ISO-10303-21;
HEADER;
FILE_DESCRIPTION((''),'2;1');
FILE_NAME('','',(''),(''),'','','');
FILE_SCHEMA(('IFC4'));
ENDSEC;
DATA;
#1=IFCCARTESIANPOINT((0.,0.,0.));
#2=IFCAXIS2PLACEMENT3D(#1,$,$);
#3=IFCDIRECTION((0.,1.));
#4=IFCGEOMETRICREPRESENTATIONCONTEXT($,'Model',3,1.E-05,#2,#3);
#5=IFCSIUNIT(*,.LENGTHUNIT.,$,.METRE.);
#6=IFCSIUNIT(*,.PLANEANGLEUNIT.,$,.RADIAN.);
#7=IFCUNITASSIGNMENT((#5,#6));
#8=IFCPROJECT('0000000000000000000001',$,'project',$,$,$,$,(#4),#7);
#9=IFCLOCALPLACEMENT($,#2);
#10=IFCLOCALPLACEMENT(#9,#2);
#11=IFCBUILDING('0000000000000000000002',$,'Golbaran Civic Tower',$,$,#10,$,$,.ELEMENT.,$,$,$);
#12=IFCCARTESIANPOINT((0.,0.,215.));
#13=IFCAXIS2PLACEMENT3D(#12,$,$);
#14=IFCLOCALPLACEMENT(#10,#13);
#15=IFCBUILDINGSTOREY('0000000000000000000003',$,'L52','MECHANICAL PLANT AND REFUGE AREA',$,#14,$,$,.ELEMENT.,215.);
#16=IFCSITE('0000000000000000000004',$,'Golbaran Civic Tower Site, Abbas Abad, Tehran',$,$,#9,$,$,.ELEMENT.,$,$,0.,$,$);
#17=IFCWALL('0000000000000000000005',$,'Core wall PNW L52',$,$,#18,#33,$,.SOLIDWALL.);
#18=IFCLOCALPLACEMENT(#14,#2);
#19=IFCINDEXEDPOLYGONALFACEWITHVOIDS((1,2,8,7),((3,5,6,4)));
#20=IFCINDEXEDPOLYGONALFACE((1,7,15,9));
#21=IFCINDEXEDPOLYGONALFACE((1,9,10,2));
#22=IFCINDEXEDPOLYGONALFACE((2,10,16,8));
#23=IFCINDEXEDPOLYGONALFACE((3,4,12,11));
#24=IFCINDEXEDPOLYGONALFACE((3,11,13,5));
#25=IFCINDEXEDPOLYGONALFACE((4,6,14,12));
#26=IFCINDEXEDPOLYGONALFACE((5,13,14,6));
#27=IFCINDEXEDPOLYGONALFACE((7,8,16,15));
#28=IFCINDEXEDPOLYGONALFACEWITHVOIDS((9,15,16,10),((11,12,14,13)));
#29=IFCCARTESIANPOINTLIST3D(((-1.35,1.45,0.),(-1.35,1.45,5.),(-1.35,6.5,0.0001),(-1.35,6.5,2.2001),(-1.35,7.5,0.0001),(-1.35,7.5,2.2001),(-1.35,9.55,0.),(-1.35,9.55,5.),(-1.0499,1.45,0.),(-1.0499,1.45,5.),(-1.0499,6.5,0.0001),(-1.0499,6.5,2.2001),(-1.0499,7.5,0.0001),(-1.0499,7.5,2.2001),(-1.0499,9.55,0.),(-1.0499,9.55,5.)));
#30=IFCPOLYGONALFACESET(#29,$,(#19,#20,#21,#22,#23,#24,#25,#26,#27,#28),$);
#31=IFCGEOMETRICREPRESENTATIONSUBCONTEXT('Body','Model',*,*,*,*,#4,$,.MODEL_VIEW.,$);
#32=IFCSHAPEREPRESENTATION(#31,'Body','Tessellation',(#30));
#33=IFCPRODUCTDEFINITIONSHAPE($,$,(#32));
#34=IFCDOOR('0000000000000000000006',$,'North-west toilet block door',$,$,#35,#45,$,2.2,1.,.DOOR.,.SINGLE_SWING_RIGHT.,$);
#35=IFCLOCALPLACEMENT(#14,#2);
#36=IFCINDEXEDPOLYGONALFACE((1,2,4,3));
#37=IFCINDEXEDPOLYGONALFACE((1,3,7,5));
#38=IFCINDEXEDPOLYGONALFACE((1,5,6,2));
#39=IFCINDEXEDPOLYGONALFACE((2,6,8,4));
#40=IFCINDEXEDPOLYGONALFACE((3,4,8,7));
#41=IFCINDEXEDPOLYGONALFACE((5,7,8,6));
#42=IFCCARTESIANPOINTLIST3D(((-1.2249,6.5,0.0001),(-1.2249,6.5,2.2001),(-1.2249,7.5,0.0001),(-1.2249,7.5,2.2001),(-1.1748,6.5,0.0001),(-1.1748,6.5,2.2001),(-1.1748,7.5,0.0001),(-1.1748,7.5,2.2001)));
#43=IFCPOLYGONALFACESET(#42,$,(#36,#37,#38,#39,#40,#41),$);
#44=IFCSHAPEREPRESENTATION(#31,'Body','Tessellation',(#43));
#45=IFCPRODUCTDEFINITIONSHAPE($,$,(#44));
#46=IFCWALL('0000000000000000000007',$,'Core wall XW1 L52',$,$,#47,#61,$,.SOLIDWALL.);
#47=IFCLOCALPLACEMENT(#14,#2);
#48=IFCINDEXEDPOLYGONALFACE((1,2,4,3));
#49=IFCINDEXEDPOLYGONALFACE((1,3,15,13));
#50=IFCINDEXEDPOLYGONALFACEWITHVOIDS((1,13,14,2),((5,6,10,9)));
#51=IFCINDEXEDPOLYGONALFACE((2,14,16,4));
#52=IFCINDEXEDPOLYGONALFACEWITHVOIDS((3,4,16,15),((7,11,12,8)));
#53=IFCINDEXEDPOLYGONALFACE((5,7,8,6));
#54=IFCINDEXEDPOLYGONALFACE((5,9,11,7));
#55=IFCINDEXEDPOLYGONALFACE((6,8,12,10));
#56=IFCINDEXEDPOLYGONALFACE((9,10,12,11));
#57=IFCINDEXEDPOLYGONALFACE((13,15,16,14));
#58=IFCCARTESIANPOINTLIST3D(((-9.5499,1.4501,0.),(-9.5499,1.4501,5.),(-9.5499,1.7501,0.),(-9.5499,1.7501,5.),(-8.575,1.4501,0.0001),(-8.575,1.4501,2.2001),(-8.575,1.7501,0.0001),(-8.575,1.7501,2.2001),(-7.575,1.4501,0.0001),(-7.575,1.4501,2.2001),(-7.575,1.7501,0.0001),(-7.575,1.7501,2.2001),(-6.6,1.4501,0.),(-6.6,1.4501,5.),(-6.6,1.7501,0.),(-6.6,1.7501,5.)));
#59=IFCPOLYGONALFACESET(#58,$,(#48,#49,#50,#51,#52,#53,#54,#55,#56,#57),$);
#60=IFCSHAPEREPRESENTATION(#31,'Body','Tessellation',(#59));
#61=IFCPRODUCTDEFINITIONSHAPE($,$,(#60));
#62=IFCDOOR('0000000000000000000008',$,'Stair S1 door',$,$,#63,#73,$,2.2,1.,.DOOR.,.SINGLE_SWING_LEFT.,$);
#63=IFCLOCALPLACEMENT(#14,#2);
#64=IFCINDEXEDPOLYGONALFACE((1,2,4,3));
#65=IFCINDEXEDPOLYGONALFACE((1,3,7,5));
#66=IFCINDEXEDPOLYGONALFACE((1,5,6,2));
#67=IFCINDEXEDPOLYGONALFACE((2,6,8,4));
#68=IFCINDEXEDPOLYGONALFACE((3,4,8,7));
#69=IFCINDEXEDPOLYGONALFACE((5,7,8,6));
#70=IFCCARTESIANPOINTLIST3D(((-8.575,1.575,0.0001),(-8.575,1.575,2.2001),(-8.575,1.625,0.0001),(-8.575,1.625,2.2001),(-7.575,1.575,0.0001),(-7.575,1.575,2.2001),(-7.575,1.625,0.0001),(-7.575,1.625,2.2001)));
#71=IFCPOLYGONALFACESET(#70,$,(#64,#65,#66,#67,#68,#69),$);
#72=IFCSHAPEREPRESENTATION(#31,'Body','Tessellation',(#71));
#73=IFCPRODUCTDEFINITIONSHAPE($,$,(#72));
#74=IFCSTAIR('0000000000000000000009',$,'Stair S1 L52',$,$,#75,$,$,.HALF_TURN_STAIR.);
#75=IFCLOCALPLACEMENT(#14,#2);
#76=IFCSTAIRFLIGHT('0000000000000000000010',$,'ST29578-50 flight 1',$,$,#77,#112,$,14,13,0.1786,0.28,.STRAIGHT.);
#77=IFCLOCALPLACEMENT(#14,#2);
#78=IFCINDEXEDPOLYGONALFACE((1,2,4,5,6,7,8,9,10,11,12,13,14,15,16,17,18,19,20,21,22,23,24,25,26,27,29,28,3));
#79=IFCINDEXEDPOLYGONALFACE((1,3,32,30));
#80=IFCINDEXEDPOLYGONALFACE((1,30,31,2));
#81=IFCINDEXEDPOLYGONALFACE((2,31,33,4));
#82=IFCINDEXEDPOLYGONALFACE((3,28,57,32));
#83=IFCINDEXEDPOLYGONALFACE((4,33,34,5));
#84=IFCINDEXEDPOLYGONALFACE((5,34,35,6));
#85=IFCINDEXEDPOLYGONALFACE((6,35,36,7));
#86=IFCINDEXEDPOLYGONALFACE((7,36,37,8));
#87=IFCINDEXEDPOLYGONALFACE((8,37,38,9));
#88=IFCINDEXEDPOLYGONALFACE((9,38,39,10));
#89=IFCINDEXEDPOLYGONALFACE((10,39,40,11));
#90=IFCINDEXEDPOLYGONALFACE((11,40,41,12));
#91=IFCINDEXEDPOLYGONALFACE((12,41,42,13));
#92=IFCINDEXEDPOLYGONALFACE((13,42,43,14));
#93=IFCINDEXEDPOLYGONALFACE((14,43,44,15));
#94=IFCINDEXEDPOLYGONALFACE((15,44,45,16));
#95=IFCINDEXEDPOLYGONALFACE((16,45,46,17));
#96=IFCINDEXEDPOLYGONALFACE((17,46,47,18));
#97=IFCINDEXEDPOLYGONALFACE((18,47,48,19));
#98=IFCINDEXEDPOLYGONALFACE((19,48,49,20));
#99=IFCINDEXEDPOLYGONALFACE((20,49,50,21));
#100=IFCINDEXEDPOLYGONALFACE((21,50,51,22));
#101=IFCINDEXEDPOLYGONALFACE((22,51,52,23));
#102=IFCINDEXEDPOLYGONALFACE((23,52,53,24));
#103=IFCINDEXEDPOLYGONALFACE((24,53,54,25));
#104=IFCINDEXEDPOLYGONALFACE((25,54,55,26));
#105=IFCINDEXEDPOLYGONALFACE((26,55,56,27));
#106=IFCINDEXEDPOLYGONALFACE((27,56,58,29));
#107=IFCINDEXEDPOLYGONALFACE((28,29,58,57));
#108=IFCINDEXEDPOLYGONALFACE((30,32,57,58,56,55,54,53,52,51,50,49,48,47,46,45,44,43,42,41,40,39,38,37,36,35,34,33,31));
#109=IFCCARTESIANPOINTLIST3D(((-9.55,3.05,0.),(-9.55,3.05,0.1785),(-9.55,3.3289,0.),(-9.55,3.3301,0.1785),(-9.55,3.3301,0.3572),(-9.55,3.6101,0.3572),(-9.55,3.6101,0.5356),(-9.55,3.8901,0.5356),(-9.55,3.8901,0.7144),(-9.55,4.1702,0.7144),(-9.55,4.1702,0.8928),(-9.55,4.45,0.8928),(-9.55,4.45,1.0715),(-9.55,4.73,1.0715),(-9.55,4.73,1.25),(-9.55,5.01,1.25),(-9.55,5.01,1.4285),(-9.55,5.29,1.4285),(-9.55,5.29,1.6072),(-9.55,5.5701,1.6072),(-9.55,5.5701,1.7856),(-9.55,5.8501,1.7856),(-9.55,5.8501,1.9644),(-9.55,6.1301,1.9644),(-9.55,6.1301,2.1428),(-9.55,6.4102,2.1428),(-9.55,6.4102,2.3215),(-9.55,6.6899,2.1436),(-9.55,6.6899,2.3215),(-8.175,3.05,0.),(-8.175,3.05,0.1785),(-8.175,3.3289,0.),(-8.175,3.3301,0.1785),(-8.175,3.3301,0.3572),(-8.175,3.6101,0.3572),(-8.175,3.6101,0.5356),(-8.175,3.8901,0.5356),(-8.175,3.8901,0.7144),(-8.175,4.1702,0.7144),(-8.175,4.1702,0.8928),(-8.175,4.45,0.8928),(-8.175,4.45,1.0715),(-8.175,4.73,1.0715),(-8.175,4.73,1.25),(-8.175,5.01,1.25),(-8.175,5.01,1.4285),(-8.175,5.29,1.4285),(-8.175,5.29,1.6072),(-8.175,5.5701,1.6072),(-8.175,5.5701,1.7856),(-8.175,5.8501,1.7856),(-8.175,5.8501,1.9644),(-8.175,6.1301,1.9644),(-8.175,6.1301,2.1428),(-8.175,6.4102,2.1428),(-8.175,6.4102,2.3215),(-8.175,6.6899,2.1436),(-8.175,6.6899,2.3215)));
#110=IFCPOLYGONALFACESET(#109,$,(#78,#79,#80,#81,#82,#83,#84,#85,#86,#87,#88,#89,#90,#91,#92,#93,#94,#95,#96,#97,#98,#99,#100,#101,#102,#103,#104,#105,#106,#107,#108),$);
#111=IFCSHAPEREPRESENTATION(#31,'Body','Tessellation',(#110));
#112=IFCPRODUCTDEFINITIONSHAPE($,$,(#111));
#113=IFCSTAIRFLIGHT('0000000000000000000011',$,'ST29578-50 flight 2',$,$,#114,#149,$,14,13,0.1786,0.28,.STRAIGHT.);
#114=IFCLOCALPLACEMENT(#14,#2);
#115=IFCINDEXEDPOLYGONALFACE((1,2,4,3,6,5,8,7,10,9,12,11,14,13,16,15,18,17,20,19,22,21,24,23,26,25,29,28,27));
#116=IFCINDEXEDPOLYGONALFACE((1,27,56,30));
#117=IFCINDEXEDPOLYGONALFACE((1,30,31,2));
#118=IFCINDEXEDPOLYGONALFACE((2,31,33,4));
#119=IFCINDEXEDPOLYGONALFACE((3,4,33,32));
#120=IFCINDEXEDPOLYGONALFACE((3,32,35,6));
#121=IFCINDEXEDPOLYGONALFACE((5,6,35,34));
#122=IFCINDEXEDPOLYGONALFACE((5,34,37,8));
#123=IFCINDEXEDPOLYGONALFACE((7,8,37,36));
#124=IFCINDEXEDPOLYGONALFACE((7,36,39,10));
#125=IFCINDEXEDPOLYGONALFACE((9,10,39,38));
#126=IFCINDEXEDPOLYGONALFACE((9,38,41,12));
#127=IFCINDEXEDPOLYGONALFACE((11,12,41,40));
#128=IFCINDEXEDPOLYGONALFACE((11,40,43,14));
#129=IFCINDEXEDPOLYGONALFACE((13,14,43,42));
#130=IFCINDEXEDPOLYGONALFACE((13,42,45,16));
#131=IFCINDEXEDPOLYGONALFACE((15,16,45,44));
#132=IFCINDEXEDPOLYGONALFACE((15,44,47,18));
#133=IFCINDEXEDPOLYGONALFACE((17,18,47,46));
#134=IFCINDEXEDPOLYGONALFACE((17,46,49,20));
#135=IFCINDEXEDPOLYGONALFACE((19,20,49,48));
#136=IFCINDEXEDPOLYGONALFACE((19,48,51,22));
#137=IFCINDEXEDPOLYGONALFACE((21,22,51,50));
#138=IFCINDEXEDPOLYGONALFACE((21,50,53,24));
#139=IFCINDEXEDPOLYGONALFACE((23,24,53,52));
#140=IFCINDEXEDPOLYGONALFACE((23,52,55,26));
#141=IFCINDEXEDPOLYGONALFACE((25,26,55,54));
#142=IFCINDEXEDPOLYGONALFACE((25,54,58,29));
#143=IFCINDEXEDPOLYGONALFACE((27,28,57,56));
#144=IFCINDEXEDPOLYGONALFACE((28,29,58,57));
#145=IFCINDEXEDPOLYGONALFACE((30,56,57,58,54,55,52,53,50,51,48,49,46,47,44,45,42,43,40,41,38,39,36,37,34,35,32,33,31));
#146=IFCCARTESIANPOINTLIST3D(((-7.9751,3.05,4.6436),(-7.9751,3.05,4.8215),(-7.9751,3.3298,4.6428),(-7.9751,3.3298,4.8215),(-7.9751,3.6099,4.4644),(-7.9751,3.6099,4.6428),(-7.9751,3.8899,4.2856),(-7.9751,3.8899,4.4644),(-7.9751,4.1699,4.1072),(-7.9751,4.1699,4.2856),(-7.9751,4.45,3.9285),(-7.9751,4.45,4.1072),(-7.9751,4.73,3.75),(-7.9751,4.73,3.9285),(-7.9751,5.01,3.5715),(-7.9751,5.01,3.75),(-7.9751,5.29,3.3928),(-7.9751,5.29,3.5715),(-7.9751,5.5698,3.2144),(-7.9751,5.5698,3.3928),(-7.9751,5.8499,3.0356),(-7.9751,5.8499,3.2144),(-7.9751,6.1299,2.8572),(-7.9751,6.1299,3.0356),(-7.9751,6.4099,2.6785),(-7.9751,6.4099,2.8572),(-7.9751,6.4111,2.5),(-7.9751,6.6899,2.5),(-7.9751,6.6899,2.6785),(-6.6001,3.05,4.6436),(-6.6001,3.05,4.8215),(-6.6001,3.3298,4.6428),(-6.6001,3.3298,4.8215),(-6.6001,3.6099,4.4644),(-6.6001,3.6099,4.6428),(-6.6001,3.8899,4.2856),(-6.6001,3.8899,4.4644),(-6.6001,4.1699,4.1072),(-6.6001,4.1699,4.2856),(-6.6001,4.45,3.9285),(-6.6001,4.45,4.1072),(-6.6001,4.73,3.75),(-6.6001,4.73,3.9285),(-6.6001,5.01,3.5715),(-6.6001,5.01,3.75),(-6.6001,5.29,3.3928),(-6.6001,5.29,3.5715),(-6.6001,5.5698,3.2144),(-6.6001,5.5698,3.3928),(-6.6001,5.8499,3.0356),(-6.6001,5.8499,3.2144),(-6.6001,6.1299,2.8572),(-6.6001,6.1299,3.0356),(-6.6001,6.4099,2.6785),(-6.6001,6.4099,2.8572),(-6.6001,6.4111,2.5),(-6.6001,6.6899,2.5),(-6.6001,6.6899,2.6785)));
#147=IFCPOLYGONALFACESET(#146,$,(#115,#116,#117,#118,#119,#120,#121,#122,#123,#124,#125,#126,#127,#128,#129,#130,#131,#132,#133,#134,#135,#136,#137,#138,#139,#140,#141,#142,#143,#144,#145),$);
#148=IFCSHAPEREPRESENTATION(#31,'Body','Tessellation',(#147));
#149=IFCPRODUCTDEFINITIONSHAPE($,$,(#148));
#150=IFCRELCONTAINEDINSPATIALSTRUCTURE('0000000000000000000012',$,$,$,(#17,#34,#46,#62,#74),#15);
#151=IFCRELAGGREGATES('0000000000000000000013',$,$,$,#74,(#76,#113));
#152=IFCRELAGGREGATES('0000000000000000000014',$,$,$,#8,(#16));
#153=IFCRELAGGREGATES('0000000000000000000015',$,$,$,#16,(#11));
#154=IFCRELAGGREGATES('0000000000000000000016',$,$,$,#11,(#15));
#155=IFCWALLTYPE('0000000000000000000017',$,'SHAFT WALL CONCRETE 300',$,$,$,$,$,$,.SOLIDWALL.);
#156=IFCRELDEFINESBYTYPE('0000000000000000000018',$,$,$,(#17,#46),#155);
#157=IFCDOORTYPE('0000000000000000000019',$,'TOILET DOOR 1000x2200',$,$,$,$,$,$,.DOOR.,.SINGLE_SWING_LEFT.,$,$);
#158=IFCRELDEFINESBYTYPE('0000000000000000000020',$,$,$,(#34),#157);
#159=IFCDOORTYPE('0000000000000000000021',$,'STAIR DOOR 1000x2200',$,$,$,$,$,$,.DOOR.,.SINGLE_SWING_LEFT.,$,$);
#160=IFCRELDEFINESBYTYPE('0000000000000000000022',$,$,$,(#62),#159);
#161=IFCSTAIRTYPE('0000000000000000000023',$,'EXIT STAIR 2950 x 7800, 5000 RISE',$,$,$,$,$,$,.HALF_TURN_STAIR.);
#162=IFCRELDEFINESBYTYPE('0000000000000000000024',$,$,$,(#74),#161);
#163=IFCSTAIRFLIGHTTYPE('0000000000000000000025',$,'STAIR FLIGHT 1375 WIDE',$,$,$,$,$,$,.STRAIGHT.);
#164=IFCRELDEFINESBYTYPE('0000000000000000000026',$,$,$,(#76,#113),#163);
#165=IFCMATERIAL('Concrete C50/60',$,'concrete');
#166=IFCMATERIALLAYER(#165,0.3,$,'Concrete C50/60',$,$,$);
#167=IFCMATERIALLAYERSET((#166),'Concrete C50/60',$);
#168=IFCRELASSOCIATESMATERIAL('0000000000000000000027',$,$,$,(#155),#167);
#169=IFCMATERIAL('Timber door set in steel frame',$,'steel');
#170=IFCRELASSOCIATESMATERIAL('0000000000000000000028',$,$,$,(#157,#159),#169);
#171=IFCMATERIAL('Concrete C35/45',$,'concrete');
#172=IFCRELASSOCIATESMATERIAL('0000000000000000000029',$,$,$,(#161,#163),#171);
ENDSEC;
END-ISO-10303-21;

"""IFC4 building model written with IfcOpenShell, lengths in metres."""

from ifc_helpers import new_model, si_unit, direction, frame, frame_2d, origin, place, context, subcontext, project, spatial, polyline, rectangle, outline, extrude, material, layer, layer_set, type_object, element, fill, aggregate, save


model = new_model("IFC4")

# Units and contexts
model_context = context("Model", 3, precision=1e-05, world=origin(), true_north=direction((0.0, 1.0)))
body_context = subcontext(model_context, "Body", "Model", "MODEL_VIEW")
ifc_project = project(units=[si_unit("LENGTHUNIT", "METRE"), si_unit("PLANEANGLEUNIT", "RADIAN")], contexts=[model_context])

# Site, building, storey
site_placement = place(None, origin())
site = spatial("IfcSite", under=ifc_project, at=site_placement, Name="Golbaran Civic Tower Site, Abbas Abad, Tehran", CompositionType="ELEMENT", RefElevation=0.0)
building_placement = place(site_placement, origin())
building = spatial("IfcBuilding", under=site, at=building_placement, Name="Golbaran Civic Tower", CompositionType="ELEMENT")
storey_placement = place(building_placement, frame((0.0, 0.0, 215.0)))
storey = spatial("IfcBuildingStorey", under=building, at=storey_placement, Name="L52", Description="MECHANICAL PLANT AND REFUGE AREA", CompositionType="ELEMENT", Elevation=215.0)

# Shared definitions
ifc_material_1 = material(Name="Concrete C50/60", Category="concrete")

# Shared definitions
ifc_material_2 = material(Name="Timber door set in steel frame", Category="steel")

# Shared definitions
ifc_layer_1 = layer(ifc_material_1, 0.3, Name="Concrete C50/60")
ifc_layer_set_1 = layer_set([ifc_layer_1], Name="Concrete C50/60")
wall_type_1 = type_object("IfcWallType", Name="SHAFT WALL CONCRETE 300", PredefinedType="SOLIDWALL", material=ifc_layer_set_1)

# Walls, openings, doors
wall_1_placement = place(storey_placement, frame((-1.2, 1.45, 0.0), z_axis=(0.0, 0.0, 1.0), x_axis=(0.0, 1.0, 0.0)))
wall_1 = element("IfcWall", 1, at=wall_1_placement, inside=storey, type_object=wall_type_1, Name="Core wall PNW L52", PredefinedType="SOLIDWALL", context=body_context, shape_type="SweptSolid", body=[
    extrude(rectangle(XDim=8.1001, YDim=0.3, at=frame_2d((4.05, 0.0))), origin(), (0.0, 0.0, 1.0), 5.0),
])
opening_1_placement = place(wall_1_placement, frame((5.05, 0.0, 0.0)))
opening_1 = element("IfcOpeningElement", 2, at=opening_1_placement, cuts=wall_1, PredefinedType="OPENING", context=body_context, shape_type="SweptSolid", body=[
    extrude(rectangle(XDim=1.0, YDim=2.2, at=frame_2d((0.5, 1.1001))), frame((0.0, 0.1599, 0.0), z_axis=(0.0, -1.0, 0.0), x_axis=(1.0, 0.0, 0.0)), (0.0, 0.0, 1.0), 0.3201),
])
door_type_1 = type_object("IfcDoorType", Name="TOILET DOOR 1000x2200", OperationType="SINGLE_SWING_LEFT", PredefinedType="DOOR", material=ifc_material_2)
door_1_placement = place(opening_1_placement, origin())
door_1 = element("IfcDoor", 3, at=door_1_placement, inside=storey, type_object=door_type_1, Name="North-west toilet block door", OperationType="SINGLE_SWING_RIGHT", OverallHeight=2.2, OverallWidth=1.0, PredefinedType="DOOR", context=body_context, shape_type="SweptSolid", body=[
    extrude(rectangle(XDim=1.0, YDim=2.2, at=frame_2d((0.5, 1.1001))), frame((0.0, 0.0249, 0.0), z_axis=(0.0, -1.0, 0.0), x_axis=(1.0, 0.0, 0.0)), (0.0, 0.0, 1.0), 0.05),
])
fill(opening_1, door_1)
wall_2_placement = place(storey_placement, frame((-9.55, 1.6001, 0.0), z_axis=(0.0, 0.0, 1.0), x_axis=(1.0, 0.0, 0.0)))
wall_2 = element("IfcWall", 4, at=wall_2_placement, inside=storey, type_object=wall_type_1, Name="Core wall XW1 L52", PredefinedType="SOLIDWALL", context=body_context, shape_type="SweptSolid", body=[
    extrude(rectangle(XDim=2.95, YDim=0.3, at=frame_2d((1.4751, 0.0))), origin(), (0.0, 0.0, 1.0), 5.0),
])
opening_2_placement = place(wall_2_placement, frame((0.9751, 0.0, 0.0)))
opening_2 = element("IfcOpeningElement", 5, at=opening_2_placement, cuts=wall_2, PredefinedType="OPENING", context=body_context, shape_type="SweptSolid", body=[
    extrude(rectangle(XDim=1.0, YDim=2.2, at=frame_2d((0.5, 1.1001))), frame((0.0, 0.1599, 0.0), z_axis=(0.0, -1.0, 0.0), x_axis=(1.0, 0.0, 0.0)), (0.0, 0.0, 1.0), 0.3201),
])
door_type_2 = type_object("IfcDoorType", Name="STAIR DOOR 1000x2200", OperationType="SINGLE_SWING_LEFT", PredefinedType="DOOR", material=ifc_material_2)
door_2_placement = place(opening_2_placement, origin())
door_2 = element("IfcDoor", 6, at=door_2_placement, inside=storey, type_object=door_type_2, Name="Stair S1 door", OperationType="SINGLE_SWING_LEFT", OverallHeight=2.2, OverallWidth=1.0, PredefinedType="DOOR", context=body_context, shape_type="SweptSolid", body=[
    extrude(rectangle(XDim=1.0, YDim=2.2, at=frame_2d((0.5, 1.1001))), frame((0.0, 0.0249, 0.0), z_axis=(0.0, -1.0, 0.0), x_axis=(1.0, 0.0, 0.0)), (0.0, 0.0, 1.0), 0.05),
])
fill(opening_2, door_2)

# Stair, stair flights
ifc_material_3 = material(Name="Concrete C35/45", Category="concrete")
stair_type = type_object("IfcStairType", Name="EXIT STAIR 2950 x 7800, 5000 RISE", PredefinedType="HALF_TURN_STAIR", material=ifc_material_3)
stair_placement = place(storey_placement, origin())
stair = element("IfcStair", 7, at=stair_placement, inside=storey, type_object=stair_type, Name="Stair S1 L52", PredefinedType="HALF_TURN_STAIR")
stair_flight_type = type_object("IfcStairFlightType", Name="STAIR FLIGHT 1375 WIDE", PredefinedType="STRAIGHT", material=ifc_material_3)
stair_flight_1_placement = place(storey_placement, frame((-8.8625, 3.05, 0.0), z_axis=(0.0, 0.0, 1.0), x_axis=(0.0, 1.0, 0.0)))
stair_flight_1 = element("IfcStairFlight", 8, at=stair_flight_1_placement, type_object=stair_flight_type, Name="ST29578-50 flight 1", NumberOfRisers=14, NumberOfTreads=13, PredefinedType="STRAIGHT", RiserHeight=0.1786, TreadLength=0.28, context=body_context, shape_type="SweptSolid", body=[
    extrude(outline(polyline([(0.0, 0.0), (0.0, 0.1785), (0.28, 0.1785), (0.28, 0.3572), (0.5601, 0.3572), (0.5601, 0.5356), (0.8401, 0.5356), (0.8401, 0.7144), (1.1201, 0.7144), (1.1201, 0.8928), (1.3999, 0.8928), (1.3999, 1.0715), (1.6799, 1.0715), (1.6799, 1.25), (1.96, 1.25), (1.96, 1.4285), (2.24, 1.4285), (2.24, 1.6072), (2.52, 1.6072), (2.52, 1.7856), (2.8, 1.7856), (2.8, 1.9644), (3.0801, 1.9644), (3.0801, 2.1428), (3.3601, 2.1428), (3.3601, 2.3215), (3.6399, 2.3215), (3.6399, 2.5), (3.6399, 2.1436), (0.2788, 0.0), (0.0, 0.0)])), frame((0.0, 0.6875, 0.0), z_axis=(0.0, -1.0, 0.0), x_axis=(1.0, 0.0, 0.0)), (0.0, 0.0, 1.0), 1.375),
])
stair_flight_2_placement = place(storey_placement, frame((-7.2876, 6.6899, 2.5), z_axis=(0.0, 0.0, 1.0), x_axis=(0.0, -1.0, 0.0)))
stair_flight_2 = element("IfcStairFlight", 9, at=stair_flight_2_placement, type_object=stair_flight_type, Name="ST29578-50 flight 2", NumberOfRisers=14, NumberOfTreads=13, PredefinedType="STRAIGHT", RiserHeight=0.1786, TreadLength=0.28, context=body_context, shape_type="SweptSolid", body=[
    extrude(outline(polyline([(0.0, 0.0), (0.0, 0.1785), (0.28, 0.1785), (0.28, 0.3572), (0.5601, 0.3572), (0.5601, 0.5356), (0.8401, 0.5356), (0.8401, 0.7144), (1.1201, 0.7144), (1.1201, 0.8928), (1.3999, 0.8928), (1.3999, 1.0715), (1.6799, 1.0715), (1.6799, 1.25), (1.96, 1.25), (1.96, 1.4285), (2.24, 1.4285), (2.24, 1.6072), (2.52, 1.6072), (2.52, 1.7856), (2.8, 1.7856), (2.8, 1.9644), (3.0801, 1.9644), (3.0801, 2.1428), (3.3601, 2.1428), (3.3601, 2.3215), (3.6399, 2.3215), (3.6399, 2.5), (3.6399, 2.1436), (0.2788, 0.0), (0.0, 0.0)])), frame((0.0, 0.6875, 0.0), z_axis=(0.0, -1.0, 0.0), x_axis=(1.0, 0.0, 0.0)), (0.0, 0.0, 1.0), 1.375),
])
aggregate(stair, [stair_flight_1, stair_flight_2])

save(model, "model.ifc")
